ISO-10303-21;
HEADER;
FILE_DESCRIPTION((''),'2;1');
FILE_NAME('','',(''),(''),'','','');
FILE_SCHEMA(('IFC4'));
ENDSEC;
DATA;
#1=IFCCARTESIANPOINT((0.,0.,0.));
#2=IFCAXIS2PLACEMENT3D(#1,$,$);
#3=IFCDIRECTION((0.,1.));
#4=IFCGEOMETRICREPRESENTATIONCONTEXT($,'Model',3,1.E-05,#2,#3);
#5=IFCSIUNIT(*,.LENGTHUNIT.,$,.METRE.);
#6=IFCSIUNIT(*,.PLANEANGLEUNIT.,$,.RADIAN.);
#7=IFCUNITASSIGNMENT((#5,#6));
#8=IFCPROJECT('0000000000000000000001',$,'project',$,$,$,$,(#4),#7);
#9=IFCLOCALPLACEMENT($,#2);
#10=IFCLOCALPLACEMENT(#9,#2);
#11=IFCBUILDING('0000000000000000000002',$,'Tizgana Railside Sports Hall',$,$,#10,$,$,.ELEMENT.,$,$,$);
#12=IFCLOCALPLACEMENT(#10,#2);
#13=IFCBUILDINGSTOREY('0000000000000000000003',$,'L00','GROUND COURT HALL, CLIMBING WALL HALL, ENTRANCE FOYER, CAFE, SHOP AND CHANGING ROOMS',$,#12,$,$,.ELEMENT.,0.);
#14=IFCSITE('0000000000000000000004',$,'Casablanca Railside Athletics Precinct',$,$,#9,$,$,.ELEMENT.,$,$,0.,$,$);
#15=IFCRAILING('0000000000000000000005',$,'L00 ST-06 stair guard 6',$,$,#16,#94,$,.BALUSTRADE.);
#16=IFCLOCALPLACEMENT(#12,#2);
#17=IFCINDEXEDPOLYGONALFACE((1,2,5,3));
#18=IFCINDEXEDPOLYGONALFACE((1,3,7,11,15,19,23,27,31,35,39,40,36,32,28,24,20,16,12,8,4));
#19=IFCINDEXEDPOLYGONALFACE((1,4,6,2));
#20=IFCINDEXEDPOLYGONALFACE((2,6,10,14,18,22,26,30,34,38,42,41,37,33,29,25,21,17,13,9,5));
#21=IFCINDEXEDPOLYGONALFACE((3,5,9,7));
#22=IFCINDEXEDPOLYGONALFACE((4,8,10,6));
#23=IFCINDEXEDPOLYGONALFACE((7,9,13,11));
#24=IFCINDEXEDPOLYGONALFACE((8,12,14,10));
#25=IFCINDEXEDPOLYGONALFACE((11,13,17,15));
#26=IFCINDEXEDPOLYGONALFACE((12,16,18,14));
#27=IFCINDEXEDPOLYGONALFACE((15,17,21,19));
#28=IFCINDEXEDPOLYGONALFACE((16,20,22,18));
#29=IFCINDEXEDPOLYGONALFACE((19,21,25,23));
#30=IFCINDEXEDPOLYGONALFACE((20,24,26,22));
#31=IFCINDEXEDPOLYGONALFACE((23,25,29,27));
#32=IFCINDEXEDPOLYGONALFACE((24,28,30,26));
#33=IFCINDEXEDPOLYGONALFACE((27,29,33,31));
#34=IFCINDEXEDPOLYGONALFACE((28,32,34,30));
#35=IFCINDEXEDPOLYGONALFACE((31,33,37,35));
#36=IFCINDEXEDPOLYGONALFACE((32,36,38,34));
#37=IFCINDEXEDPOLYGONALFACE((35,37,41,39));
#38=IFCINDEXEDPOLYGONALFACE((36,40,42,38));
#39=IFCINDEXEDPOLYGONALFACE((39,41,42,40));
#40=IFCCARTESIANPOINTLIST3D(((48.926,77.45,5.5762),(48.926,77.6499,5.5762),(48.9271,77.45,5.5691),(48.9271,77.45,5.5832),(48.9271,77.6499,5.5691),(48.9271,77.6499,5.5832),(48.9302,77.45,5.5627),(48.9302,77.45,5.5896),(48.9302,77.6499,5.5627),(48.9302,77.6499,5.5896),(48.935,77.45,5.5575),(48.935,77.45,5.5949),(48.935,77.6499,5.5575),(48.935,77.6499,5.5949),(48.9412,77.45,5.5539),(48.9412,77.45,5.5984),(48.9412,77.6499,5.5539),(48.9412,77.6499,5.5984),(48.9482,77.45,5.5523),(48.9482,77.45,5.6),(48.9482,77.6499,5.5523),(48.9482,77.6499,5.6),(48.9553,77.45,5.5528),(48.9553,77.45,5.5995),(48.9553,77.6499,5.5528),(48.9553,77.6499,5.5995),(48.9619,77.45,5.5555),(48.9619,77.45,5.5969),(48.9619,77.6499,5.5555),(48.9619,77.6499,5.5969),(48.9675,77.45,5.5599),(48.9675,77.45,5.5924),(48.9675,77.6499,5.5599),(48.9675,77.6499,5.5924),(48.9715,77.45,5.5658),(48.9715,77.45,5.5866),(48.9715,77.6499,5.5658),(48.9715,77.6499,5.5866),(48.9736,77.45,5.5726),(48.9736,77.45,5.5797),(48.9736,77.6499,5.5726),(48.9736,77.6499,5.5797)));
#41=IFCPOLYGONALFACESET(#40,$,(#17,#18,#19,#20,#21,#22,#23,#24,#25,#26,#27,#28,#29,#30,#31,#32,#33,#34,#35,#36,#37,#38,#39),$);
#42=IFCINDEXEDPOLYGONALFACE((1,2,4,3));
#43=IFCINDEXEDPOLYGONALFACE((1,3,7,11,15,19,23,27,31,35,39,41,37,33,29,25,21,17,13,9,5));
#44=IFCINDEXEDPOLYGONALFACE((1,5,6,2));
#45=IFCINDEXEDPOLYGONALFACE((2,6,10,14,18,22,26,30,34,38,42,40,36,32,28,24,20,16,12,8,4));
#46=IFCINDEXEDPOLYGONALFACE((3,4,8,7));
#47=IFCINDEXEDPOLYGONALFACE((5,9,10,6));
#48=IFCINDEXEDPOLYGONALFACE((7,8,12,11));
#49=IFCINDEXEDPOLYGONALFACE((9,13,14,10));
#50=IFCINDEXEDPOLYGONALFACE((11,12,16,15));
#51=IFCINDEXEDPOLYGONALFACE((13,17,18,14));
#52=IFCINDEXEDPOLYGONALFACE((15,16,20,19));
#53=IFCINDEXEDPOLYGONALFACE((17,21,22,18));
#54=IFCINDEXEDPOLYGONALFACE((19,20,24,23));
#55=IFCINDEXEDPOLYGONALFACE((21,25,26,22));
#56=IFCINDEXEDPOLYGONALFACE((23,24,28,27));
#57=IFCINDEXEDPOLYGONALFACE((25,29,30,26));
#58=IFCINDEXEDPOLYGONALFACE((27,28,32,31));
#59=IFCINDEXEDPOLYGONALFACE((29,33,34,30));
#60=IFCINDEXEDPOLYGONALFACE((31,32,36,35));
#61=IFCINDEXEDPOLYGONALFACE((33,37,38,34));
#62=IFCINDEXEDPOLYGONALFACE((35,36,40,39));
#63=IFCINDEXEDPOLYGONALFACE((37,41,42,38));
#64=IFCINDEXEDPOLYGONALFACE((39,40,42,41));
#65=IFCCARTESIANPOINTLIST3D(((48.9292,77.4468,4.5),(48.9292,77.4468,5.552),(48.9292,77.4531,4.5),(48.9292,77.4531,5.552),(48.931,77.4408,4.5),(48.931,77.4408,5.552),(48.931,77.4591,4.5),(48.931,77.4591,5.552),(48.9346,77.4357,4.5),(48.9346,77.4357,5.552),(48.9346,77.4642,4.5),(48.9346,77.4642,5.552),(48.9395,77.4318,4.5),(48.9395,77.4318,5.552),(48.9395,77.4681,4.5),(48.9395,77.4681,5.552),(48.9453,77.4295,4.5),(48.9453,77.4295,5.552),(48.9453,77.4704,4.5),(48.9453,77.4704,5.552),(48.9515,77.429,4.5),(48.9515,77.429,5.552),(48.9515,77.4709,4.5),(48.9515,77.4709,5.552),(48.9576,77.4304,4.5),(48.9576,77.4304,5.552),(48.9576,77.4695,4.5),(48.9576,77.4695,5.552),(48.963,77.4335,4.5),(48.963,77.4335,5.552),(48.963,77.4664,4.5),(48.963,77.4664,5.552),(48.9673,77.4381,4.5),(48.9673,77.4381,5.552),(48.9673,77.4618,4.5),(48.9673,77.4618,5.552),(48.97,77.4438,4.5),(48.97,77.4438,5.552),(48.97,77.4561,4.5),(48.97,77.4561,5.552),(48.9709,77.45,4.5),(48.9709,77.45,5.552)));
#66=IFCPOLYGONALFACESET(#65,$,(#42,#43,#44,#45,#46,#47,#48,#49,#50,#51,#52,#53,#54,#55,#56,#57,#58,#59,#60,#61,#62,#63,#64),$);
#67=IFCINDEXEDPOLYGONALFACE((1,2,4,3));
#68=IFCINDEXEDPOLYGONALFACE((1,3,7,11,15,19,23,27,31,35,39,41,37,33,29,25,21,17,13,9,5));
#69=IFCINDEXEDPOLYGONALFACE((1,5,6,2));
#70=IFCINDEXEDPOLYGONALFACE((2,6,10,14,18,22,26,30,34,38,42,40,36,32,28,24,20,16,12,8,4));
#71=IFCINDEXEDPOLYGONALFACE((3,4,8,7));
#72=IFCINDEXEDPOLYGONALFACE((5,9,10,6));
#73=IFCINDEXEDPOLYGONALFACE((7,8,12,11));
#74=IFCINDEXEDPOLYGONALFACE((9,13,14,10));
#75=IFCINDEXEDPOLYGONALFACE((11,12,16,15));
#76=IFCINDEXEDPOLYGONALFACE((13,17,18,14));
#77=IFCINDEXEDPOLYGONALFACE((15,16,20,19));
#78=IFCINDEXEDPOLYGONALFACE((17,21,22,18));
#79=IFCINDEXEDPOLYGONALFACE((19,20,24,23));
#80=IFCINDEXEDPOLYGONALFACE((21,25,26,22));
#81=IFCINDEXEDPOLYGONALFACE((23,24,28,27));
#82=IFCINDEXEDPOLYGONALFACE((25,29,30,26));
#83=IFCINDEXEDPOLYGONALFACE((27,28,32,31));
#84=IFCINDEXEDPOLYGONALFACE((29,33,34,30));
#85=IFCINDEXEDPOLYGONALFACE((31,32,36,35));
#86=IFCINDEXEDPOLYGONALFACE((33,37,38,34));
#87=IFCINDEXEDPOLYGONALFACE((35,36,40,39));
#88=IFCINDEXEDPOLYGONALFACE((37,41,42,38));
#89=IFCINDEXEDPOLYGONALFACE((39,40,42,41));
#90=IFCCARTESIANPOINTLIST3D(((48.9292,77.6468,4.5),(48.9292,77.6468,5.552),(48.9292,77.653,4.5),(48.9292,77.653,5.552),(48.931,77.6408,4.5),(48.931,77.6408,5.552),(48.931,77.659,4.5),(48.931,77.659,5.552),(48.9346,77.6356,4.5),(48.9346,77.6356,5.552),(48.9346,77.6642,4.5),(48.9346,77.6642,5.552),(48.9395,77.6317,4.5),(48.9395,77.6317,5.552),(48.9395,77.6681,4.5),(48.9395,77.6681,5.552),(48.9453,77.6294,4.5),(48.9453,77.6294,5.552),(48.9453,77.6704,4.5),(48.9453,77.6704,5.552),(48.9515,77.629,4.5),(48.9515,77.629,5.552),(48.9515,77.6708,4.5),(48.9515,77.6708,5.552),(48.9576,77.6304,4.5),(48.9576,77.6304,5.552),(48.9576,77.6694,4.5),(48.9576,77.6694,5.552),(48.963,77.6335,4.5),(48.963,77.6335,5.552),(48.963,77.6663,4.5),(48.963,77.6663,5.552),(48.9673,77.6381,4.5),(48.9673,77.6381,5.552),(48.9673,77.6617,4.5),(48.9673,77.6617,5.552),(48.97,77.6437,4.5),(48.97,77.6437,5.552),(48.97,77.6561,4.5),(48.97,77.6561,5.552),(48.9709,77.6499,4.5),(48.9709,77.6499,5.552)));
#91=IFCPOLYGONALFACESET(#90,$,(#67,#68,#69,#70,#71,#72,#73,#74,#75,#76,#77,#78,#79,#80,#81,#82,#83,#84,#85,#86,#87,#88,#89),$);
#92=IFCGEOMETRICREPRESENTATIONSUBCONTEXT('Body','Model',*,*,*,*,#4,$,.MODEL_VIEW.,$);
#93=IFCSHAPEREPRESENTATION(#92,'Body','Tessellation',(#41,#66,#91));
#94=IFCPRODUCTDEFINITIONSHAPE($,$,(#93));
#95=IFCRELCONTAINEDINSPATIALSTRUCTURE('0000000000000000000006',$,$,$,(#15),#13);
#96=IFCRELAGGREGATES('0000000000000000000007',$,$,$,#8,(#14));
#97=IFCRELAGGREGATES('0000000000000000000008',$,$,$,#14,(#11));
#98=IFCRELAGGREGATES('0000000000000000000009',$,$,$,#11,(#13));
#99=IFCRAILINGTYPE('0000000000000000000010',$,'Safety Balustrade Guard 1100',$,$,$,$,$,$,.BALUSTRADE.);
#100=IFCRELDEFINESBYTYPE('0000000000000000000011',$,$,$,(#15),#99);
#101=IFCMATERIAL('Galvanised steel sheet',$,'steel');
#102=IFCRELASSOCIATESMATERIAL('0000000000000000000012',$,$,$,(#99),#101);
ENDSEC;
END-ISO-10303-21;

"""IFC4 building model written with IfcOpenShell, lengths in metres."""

from ifc_helpers import new_model, si_unit, direction, frame, origin, origin_2d, place, context, subcontext, project, spatial, circle, extrude, material, type_object, element, save


model = new_model("IFC4")

# Units and contexts
model_context = context("Model", 3, precision=1e-05, world=origin(), true_north=direction((0.0, 1.0)))
body_context = subcontext(model_context, "Body", "Model", "MODEL_VIEW")
ifc_project = project(units=[si_unit("LENGTHUNIT", "METRE"), si_unit("PLANEANGLEUNIT", "RADIAN")], contexts=[model_context])

# Site, building, storey
site_placement = place(None, origin())
site = spatial("IfcSite", under=ifc_project, at=site_placement, Name="Casablanca Railside Athletics Precinct", CompositionType="ELEMENT", RefElevation=0.0)
building_placement = place(site_placement, origin())
building = spatial("IfcBuilding", under=site, at=building_placement, Name="Tizgana Railside Sports Hall", CompositionType="ELEMENT")
storey_placement = place(building_placement, origin())
storey = spatial("IfcBuildingStorey", under=building, at=storey_placement, Name="L00", Description="GROUND COURT HALL, CLIMBING WALL HALL, ENTRANCE FOYER, CAFE, SHOP AND CHANGING ROOMS", CompositionType="ELEMENT", Elevation=0.0)

# Shared definitions
ifc_material_1 = material(Name="Galvanised steel sheet", Category="steel")

# Railing
railing_type_1 = type_object("IfcRailingType", Name="Safety Balustrade Guard 1100", PredefinedType="BALUSTRADE", material=ifc_material_1)
railing_1_placement = place(storey_placement, frame((48.95, 77.45, 4.5)))
element("IfcRailing", 1, at=railing_1_placement, inside=storey, type_object=railing_type_1, Name="L00 ST-06 stair guard 6", PredefinedType="BALUSTRADE", context=body_context, shape_type="SweptSolid", body=[
    extrude(circle(Radius=0.0239, at=origin_2d()), frame((0.0, 0.0, 1.0762), z_axis=(0.0, 1.0, 0.0), x_axis=(-1.0, 0.0, 0.0)), (0.0, 0.0, 1.0), 0.2),
    extrude(circle(Radius=0.021, at=origin_2d()), origin(), (0.0, 0.0, 1.0), 1.052),
    extrude(circle(Radius=0.021, at=origin_2d()), frame((0.0, 0.2, 0.0)), (0.0, 0.0, 1.0), 1.052),
])

save(model, "model.ifc")
